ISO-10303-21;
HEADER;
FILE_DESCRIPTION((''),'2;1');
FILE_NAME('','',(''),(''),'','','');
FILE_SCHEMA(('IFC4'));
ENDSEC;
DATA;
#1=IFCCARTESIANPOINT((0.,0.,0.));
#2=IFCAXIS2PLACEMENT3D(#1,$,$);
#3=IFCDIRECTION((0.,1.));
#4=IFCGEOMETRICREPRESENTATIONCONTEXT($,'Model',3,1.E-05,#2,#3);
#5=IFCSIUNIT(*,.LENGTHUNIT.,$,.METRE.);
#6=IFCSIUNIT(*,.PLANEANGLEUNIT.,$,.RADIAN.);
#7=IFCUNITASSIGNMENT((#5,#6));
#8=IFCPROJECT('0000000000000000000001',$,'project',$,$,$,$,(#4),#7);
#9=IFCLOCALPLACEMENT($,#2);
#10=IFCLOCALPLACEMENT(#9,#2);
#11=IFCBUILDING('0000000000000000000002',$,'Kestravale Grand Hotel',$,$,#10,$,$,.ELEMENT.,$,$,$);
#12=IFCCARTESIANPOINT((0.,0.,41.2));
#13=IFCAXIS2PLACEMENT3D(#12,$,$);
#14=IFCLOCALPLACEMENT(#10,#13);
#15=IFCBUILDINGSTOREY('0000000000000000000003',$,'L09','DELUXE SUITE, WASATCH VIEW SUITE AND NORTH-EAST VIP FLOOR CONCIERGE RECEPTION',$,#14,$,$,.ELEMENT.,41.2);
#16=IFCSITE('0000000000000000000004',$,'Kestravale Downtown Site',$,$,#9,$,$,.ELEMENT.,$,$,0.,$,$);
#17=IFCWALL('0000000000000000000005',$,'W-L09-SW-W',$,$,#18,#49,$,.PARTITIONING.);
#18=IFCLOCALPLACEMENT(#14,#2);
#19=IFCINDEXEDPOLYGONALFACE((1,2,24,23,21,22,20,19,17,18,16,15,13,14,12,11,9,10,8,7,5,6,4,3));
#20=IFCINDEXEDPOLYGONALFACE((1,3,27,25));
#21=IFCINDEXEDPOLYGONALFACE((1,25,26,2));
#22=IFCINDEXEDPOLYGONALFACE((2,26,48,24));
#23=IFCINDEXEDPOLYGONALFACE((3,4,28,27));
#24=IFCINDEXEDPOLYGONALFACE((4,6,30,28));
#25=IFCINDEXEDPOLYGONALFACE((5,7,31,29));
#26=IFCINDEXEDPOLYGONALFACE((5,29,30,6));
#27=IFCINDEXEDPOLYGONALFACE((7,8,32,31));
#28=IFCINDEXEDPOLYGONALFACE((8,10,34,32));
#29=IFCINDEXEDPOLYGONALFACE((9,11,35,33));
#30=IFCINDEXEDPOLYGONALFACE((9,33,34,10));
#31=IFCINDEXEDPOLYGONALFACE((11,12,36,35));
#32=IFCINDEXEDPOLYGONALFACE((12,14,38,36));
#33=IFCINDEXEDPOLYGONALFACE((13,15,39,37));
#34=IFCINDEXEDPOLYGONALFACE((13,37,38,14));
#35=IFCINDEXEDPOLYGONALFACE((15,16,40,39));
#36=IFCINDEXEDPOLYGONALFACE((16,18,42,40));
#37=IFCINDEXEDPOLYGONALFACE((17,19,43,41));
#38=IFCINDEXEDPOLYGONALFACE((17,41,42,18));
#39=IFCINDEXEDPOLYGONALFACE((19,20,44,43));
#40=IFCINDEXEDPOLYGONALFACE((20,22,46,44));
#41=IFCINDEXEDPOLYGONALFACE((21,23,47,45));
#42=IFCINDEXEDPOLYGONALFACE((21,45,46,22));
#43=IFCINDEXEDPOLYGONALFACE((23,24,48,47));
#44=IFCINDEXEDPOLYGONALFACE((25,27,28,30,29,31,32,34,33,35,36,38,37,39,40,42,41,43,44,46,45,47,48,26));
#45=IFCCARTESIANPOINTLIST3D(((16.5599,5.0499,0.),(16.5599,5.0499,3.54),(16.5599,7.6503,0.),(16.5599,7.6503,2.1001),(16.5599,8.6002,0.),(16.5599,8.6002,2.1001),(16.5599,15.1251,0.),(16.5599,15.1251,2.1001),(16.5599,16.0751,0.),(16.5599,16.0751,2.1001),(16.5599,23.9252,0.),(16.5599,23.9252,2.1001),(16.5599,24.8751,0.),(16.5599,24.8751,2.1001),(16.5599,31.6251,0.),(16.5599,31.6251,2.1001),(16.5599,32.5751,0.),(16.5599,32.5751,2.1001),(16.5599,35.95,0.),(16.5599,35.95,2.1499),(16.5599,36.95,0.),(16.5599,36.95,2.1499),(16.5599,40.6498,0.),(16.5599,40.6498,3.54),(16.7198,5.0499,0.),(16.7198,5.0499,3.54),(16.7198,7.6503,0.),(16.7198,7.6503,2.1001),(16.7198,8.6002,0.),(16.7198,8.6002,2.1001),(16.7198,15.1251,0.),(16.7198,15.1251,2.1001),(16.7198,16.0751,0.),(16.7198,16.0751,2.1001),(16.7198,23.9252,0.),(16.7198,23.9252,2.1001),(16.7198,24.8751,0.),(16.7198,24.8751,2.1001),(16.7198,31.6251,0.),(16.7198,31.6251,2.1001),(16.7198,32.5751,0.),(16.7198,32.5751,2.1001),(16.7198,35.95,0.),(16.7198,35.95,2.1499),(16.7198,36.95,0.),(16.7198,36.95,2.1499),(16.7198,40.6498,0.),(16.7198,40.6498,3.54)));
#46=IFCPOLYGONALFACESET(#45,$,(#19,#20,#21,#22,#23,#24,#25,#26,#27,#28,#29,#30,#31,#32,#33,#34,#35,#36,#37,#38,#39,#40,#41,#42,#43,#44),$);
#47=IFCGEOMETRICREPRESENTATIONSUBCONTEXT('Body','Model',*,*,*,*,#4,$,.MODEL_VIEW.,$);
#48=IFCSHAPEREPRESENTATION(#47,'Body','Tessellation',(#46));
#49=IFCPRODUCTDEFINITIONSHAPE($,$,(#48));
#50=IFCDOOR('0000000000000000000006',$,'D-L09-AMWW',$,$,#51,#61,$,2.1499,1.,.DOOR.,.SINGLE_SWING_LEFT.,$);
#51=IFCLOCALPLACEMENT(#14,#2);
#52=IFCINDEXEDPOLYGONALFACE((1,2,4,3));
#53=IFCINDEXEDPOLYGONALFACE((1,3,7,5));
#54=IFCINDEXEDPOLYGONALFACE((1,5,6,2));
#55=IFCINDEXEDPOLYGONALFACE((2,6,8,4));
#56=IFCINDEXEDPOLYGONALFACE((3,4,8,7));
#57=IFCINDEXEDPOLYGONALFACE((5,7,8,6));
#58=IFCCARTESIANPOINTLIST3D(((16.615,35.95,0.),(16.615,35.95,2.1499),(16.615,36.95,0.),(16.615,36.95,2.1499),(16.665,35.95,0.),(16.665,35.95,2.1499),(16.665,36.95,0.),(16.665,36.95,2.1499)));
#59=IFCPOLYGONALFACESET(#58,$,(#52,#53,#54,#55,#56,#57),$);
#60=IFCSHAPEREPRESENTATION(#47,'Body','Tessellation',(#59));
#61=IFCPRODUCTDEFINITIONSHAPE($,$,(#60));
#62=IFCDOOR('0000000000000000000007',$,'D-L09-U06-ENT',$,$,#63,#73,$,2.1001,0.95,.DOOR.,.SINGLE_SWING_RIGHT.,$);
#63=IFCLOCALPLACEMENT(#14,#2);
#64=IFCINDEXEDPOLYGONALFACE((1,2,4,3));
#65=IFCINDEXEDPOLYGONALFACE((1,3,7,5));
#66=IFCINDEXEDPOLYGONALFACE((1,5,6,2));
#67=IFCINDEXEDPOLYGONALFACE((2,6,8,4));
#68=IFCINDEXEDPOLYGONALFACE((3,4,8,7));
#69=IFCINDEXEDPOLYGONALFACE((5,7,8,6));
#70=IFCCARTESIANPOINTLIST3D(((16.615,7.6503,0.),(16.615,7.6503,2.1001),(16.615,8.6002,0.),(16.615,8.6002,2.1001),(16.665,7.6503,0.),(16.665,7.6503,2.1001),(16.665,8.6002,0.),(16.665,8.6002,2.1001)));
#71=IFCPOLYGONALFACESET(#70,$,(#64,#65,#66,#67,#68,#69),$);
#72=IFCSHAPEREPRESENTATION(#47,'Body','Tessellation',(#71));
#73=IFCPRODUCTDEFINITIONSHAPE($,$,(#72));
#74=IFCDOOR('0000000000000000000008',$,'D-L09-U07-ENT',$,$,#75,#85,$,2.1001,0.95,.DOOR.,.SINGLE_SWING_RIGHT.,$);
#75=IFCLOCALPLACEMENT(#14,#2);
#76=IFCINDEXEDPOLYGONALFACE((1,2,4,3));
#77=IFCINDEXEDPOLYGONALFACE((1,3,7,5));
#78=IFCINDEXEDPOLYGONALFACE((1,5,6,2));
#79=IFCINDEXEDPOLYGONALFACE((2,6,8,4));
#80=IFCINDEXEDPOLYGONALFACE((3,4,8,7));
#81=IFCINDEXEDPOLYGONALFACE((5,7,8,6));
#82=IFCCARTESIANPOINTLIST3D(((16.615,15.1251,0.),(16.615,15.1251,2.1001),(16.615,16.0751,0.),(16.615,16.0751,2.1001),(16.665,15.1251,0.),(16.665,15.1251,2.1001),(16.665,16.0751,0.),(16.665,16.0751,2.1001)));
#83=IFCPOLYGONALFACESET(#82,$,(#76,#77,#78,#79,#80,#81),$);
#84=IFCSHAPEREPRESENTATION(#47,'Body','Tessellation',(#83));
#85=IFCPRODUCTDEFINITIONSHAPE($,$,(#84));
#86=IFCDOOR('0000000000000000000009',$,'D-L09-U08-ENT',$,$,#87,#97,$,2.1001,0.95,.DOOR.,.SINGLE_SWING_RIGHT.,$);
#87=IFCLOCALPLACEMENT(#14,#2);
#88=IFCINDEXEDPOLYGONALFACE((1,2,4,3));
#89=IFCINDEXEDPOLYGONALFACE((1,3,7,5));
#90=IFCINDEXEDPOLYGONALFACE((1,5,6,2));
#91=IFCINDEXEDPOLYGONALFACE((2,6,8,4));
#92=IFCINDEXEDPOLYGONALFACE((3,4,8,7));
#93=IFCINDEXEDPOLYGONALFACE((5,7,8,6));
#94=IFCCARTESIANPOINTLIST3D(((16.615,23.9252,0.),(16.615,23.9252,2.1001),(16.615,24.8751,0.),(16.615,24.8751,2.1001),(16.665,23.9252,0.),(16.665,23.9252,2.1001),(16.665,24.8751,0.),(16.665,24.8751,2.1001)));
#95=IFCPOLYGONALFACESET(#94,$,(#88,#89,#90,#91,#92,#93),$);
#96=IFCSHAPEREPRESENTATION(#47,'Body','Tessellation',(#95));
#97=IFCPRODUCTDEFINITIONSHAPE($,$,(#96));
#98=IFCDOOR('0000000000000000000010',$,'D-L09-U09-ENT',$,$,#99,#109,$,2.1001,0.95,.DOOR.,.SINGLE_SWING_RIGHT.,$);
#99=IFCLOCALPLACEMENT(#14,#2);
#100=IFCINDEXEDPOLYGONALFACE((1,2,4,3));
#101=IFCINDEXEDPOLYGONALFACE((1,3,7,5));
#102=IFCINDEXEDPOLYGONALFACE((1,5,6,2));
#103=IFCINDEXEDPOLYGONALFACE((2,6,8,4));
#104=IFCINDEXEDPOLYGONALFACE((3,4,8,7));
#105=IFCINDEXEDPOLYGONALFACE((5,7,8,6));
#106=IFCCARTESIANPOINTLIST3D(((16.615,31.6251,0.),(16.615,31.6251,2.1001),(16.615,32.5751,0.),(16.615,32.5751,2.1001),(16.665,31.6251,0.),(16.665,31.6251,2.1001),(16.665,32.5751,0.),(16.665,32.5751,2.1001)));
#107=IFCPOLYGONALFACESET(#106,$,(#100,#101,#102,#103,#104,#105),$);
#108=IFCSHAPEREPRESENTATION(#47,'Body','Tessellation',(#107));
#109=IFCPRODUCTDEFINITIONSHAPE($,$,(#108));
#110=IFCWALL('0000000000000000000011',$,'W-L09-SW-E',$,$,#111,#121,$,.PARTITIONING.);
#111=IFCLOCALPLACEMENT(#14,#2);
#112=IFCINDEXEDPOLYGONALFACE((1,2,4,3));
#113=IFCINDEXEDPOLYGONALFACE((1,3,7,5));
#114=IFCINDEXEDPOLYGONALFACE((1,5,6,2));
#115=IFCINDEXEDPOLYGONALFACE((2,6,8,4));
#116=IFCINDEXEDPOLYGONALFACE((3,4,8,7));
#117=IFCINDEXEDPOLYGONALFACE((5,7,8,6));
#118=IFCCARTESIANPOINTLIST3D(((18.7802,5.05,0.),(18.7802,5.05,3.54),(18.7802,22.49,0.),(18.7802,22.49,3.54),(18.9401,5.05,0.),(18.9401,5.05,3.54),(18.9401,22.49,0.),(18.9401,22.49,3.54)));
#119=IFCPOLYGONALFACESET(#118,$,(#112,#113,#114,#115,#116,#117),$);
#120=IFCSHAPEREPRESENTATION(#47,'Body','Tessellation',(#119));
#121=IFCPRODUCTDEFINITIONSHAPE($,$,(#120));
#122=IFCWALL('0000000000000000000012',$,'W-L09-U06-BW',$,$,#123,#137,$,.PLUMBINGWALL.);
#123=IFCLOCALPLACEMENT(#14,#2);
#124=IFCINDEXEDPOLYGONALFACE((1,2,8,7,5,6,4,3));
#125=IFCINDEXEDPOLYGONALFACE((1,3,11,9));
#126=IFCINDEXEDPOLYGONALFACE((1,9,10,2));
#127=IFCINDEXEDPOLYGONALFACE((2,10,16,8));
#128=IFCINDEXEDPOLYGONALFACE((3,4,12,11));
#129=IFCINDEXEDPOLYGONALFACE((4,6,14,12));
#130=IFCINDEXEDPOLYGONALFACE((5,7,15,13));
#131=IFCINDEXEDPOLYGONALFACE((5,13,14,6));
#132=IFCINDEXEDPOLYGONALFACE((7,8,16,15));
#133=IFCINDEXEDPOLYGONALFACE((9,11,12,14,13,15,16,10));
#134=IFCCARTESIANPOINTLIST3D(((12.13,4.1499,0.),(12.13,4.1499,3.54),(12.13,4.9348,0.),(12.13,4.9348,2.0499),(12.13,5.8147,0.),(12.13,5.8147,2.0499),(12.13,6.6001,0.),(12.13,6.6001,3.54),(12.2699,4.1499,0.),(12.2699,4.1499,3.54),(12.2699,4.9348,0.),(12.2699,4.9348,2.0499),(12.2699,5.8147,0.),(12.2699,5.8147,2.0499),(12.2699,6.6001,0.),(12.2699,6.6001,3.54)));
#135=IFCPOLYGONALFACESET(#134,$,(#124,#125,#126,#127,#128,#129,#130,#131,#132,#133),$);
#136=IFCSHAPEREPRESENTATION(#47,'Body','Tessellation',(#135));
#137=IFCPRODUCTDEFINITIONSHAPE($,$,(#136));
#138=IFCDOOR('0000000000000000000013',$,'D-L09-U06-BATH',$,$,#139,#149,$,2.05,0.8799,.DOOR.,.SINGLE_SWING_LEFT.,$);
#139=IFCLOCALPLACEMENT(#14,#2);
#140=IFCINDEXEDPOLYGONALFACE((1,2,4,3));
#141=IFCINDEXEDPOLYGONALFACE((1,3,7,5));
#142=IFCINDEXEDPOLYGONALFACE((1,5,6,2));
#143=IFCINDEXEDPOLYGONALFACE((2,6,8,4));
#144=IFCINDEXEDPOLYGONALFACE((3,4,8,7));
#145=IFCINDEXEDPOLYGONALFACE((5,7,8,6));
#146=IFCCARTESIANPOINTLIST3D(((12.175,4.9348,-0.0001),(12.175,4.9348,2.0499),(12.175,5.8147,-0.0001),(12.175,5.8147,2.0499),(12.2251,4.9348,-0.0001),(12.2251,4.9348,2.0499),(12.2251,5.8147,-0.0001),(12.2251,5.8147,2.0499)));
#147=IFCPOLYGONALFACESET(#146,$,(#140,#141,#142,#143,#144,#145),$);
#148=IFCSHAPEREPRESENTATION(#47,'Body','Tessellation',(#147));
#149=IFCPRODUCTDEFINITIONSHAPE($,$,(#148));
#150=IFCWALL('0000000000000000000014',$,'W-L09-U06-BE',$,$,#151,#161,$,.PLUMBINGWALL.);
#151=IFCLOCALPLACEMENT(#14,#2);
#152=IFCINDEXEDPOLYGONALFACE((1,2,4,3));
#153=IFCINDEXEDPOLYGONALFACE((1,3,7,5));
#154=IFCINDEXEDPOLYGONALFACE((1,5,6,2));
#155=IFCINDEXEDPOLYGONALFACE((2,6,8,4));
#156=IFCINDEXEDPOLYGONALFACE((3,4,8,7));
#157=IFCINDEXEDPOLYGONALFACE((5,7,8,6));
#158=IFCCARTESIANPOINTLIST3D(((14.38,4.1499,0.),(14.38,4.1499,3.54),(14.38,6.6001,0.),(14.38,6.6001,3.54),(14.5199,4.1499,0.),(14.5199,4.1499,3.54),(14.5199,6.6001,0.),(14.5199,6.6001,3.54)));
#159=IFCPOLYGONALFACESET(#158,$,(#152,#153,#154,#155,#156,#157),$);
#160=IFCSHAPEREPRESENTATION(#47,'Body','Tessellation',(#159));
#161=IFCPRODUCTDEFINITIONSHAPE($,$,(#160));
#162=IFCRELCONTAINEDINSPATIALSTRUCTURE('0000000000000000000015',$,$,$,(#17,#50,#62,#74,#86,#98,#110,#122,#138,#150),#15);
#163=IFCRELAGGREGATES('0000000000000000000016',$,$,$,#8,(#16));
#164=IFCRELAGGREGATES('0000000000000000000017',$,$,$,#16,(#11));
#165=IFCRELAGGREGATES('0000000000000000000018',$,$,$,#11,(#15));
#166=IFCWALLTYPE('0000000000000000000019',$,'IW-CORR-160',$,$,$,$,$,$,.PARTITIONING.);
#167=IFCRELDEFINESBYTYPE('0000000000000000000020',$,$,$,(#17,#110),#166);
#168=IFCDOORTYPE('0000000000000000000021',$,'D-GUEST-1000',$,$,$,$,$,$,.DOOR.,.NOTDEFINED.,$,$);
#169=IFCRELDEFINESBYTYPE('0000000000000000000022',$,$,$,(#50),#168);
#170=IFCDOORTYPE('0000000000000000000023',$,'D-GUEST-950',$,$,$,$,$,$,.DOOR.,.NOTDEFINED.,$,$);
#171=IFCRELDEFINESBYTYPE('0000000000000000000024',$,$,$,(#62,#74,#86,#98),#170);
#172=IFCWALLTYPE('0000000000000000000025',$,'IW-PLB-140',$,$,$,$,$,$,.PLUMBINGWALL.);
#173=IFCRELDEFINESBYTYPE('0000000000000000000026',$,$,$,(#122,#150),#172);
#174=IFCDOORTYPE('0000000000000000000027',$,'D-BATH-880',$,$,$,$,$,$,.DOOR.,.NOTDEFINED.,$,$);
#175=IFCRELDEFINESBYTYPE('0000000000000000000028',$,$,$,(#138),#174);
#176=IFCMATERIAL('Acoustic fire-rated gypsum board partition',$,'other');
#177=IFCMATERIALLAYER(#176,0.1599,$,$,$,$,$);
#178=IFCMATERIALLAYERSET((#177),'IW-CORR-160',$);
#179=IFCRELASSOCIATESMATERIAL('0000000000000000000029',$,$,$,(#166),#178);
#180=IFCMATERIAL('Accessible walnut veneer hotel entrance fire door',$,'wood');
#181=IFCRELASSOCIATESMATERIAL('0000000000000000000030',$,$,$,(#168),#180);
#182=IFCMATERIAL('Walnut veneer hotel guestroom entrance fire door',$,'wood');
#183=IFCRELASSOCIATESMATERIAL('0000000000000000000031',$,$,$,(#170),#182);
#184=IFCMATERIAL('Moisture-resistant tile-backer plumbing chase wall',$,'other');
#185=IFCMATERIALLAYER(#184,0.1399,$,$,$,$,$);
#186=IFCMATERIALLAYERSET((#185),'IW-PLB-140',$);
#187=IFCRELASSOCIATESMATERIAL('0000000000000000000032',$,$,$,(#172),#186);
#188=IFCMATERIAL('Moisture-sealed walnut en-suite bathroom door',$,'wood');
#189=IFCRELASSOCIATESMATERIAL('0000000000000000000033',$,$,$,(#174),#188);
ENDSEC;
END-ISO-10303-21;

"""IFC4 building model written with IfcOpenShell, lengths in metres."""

from ifc_helpers import new_model, si_unit, direction, frame, frame_2d, origin, place, context, subcontext, project, spatial, rectangle, extrude, material, layer, layer_set, type_object, element, fill, save


model = new_model("IFC4")

# Units and contexts
model_context = context("Model", 3, precision=1e-05, world=origin(), true_north=direction((0.0, 1.0)))
body_context = subcontext(model_context, "Body", "Model", "MODEL_VIEW")
ifc_project = project(units=[si_unit("LENGTHUNIT", "METRE"), si_unit("PLANEANGLEUNIT", "RADIAN")], contexts=[model_context])

# Site, building, storey
site_placement = place(None, origin())
site = spatial("IfcSite", under=ifc_project, at=site_placement, Name="Kestravale Downtown Site", CompositionType="ELEMENT", RefElevation=0.0)
building_placement = place(site_placement, origin())
building = spatial("IfcBuilding", under=site, at=building_placement, Name="Kestravale Grand Hotel", CompositionType="ELEMENT")
storey_placement = place(building_placement, frame((0.0, 0.0, 41.2)))
storey = spatial("IfcBuildingStorey", under=building, at=storey_placement, Name="L09", Description="DELUXE SUITE, WASATCH VIEW SUITE AND NORTH-EAST VIP FLOOR CONCIERGE RECEPTION", CompositionType="ELEMENT", Elevation=41.2)

# Wall, openings, doors
ifc_material_1 = material(Name="Acoustic fire-rated gypsum board partition", Category="other")
ifc_layer_1 = layer(ifc_material_1, 0.1599)
ifc_layer_set_1 = layer_set([ifc_layer_1], Name="IW-CORR-160")
wall_type_1 = type_object("IfcWallType", Name="IW-CORR-160", PredefinedType="PARTITIONING", material=ifc_layer_set_1)
wall_1_placement = place(storey_placement, frame((16.6399, 5.05, 0.0), z_axis=(0.0, 0.0, 1.0), x_axis=(0.0, 1.0, 0.0)))
wall_1 = element("IfcWall", 1, at=wall_1_placement, inside=storey, type_object=wall_type_1, Name="W-L09-SW-W", PredefinedType="PARTITIONING", context=body_context, shape_type="SweptSolid", body=[
    extrude(rectangle(XDim=35.5999, YDim=0.1599, at=frame_2d((17.7998, 0.0))), origin(), (0.0, 0.0, 1.0), 3.54),
])
opening_1_placement = place(wall_1_placement, frame((2.6001, 0.0, 0.0)))
opening_1 = element("IfcOpeningElement", 2, at=opening_1_placement, cuts=wall_1, PredefinedType="OPENING", context=body_context, shape_type="SweptSolid", body=[
    extrude(rectangle(XDim=0.95, YDim=2.1001, at=frame_2d((0.4751, 1.05))), frame((0.0, 0.0898, 0.0), z_axis=(0.0, -1.0, 0.0), x_axis=(1.0, 0.0, 0.0)), (0.0, 0.0, 1.0), 0.1799),
])
opening_2_placement = place(wall_1_placement, frame((10.075, 0.0, 0.0)))
opening_2 = element("IfcOpeningElement", 3, at=opening_2_placement, cuts=wall_1, PredefinedType="OPENING", context=body_context, shape_type="SweptSolid", body=[
    extrude(rectangle(XDim=0.95, YDim=2.1001, at=frame_2d((0.4751, 1.05))), frame((0.0, 0.0898, 0.0), z_axis=(0.0, -1.0, 0.0), x_axis=(1.0, 0.0, 0.0)), (0.0, 0.0, 1.0), 0.1799),
])
opening_3_placement = place(wall_1_placement, frame((18.875, 0.0, 0.0)))
opening_3 = element("IfcOpeningElement", 4, at=opening_3_placement, cuts=wall_1, PredefinedType="OPENING", context=body_context, shape_type="SweptSolid", body=[
    extrude(rectangle(XDim=0.95, YDim=2.1001, at=frame_2d((0.4751, 1.05))), frame((0.0, 0.0898, 0.0), z_axis=(0.0, -1.0, 0.0), x_axis=(1.0, 0.0, 0.0)), (0.0, 0.0, 1.0), 0.1799),
])
opening_4_placement = place(wall_1_placement, frame((26.575, 0.0, 0.0)))
opening_4 = element("IfcOpeningElement", 5, at=opening_4_placement, cuts=wall_1, PredefinedType="OPENING", context=body_context, shape_type="SweptSolid", body=[
    extrude(rectangle(XDim=0.95, YDim=2.1001, at=frame_2d((0.4751, 1.05))), frame((0.0, 0.0898, 0.0), z_axis=(0.0, -1.0, 0.0), x_axis=(1.0, 0.0, 0.0)), (0.0, 0.0, 1.0), 0.1799),
])
opening_5_placement = place(wall_1_placement, frame((30.8999, 0.0, 0.0)))
opening_5 = element("IfcOpeningElement", 6, at=opening_5_placement, cuts=wall_1, PredefinedType="OPENING", context=body_context, shape_type="SweptSolid", body=[
    extrude(rectangle(XDim=1.0, YDim=2.1499, at=frame_2d((0.5, 1.075))), frame((0.0, 0.0898, 0.0), z_axis=(0.0, -1.0, 0.0), x_axis=(1.0, 0.0, 0.0)), (0.0, 0.0, 1.0), 0.1799),
])
ifc_material_2 = material(Name="Accessible walnut veneer hotel entrance fire door", Category="wood")
door_type_1 = type_object("IfcDoorType", Name="D-GUEST-1000", OperationType="NOTDEFINED", PredefinedType="DOOR", material=ifc_material_2)
door_1_placement = place(opening_5_placement, origin())
door_1 = element("IfcDoor", 7, at=door_1_placement, inside=storey, type_object=door_type_1, Name="D-L09-AMWW", OperationType="SINGLE_SWING_LEFT", OverallHeight=2.1499, OverallWidth=1.0, PredefinedType="DOOR", context=body_context, shape_type="SweptSolid", body=[
    extrude(rectangle(XDim=1.0, YDim=2.1499, at=frame_2d((0.5, 1.075))), frame((0.0, 0.0249, 0.0), z_axis=(0.0, -1.0, 0.0), x_axis=(1.0, 0.0, 0.0)), (0.0, 0.0, 1.0), 0.05),
])
fill(opening_5, door_1)
ifc_material_3 = material(Name="Walnut veneer hotel guestroom entrance fire door", Category="wood")
door_type_2 = type_object("IfcDoorType", Name="D-GUEST-950", OperationType="NOTDEFINED", PredefinedType="DOOR", material=ifc_material_3)
door_2_placement = place(opening_1_placement, origin())
door_2 = element("IfcDoor", 8, at=door_2_placement, inside=storey, type_object=door_type_2, Name="D-L09-U06-ENT", OperationType="SINGLE_SWING_RIGHT", OverallHeight=2.1001, OverallWidth=0.95, PredefinedType="DOOR", context=body_context, shape_type="SweptSolid", body=[
    extrude(rectangle(XDim=0.95, YDim=2.1001, at=frame_2d((0.4751, 1.05))), frame((0.0, 0.0249, 0.0), z_axis=(0.0, -1.0, 0.0), x_axis=(1.0, 0.0, 0.0)), (0.0, 0.0, 1.0), 0.05),
])
fill(opening_1, door_2)
door_3_placement = place(opening_2_placement, origin())
door_3 = element("IfcDoor", 9, at=door_3_placement, inside=storey, type_object=door_type_2, Name="D-L09-U07-ENT", OperationType="SINGLE_SWING_RIGHT", OverallHeight=2.1001, OverallWidth=0.95, PredefinedType="DOOR", context=body_context, shape_type="SweptSolid", body=[
    extrude(rectangle(XDim=0.95, YDim=2.1001, at=frame_2d((0.4751, 1.05))), frame((0.0, 0.0249, 0.0), z_axis=(0.0, -1.0, 0.0), x_axis=(1.0, 0.0, 0.0)), (0.0, 0.0, 1.0), 0.05),
])
fill(opening_2, door_3)
door_4_placement = place(opening_3_placement, origin())
door_4 = element("IfcDoor", 10, at=door_4_placement, inside=storey, type_object=door_type_2, Name="D-L09-U08-ENT", OperationType="SINGLE_SWING_RIGHT", OverallHeight=2.1001, OverallWidth=0.95, PredefinedType="DOOR", context=body_context, shape_type="SweptSolid", body=[
    extrude(rectangle(XDim=0.95, YDim=2.1001, at=frame_2d((0.4751, 1.05))), frame((0.0, 0.0249, 0.0), z_axis=(0.0, -1.0, 0.0), x_axis=(1.0, 0.0, 0.0)), (0.0, 0.0, 1.0), 0.05),
])
fill(opening_3, door_4)
door_5_placement = place(opening_4_placement, origin())
door_5 = element("IfcDoor", 11, at=door_5_placement, inside=storey, type_object=door_type_2, Name="D-L09-U09-ENT", OperationType="SINGLE_SWING_RIGHT", OverallHeight=2.1001, OverallWidth=0.95, PredefinedType="DOOR", context=body_context, shape_type="SweptSolid", body=[
    extrude(rectangle(XDim=0.95, YDim=2.1001, at=frame_2d((0.4751, 1.05))), frame((0.0, 0.0249, 0.0), z_axis=(0.0, -1.0, 0.0), x_axis=(1.0, 0.0, 0.0)), (0.0, 0.0, 1.0), 0.05),
])
fill(opening_4, door_5)

# Wall
wall_2_placement = place(storey_placement, frame((18.8601, 5.05, 0.0), z_axis=(0.0, 0.0, 1.0), x_axis=(0.0, 1.0, 0.0)))
element("IfcWall", 12, at=wall_2_placement, inside=storey, type_object=wall_type_1, Name="W-L09-SW-E", PredefinedType="PARTITIONING", context=body_context, shape_type="SweptSolid", body=[
    extrude(rectangle(XDim=17.4399, YDim=0.1599, at=frame_2d((8.72, 0.0))), origin(), (0.0, 0.0, 1.0), 3.54),
])

# Wall, opening, door
ifc_material_4 = material(Name="Moisture-resistant tile-backer plumbing chase wall", Category="other")
ifc_layer_2 = layer(ifc_material_4, 0.1399)
ifc_layer_set_2 = layer_set([ifc_layer_2], Name="IW-PLB-140")
wall_type_2 = type_object("IfcWallType", Name="IW-PLB-140", PredefinedType="PLUMBINGWALL", material=ifc_layer_set_2)
wall_3_placement = place(storey_placement, frame((12.2, 4.1499, 0.0), z_axis=(0.0, 0.0, 1.0), x_axis=(0.0, 1.0, 0.0)))
wall_3 = element("IfcWall", 13, at=wall_3_placement, inside=storey, type_object=wall_type_2, Name="W-L09-U06-BW", PredefinedType="PLUMBINGWALL", context=body_context, shape_type="SweptSolid", body=[
    extrude(rectangle(XDim=2.4502, YDim=0.1399, at=frame_2d((1.2251, 0.0))), origin(), (0.0, 0.0, 1.0), 3.54),
])
opening_6_placement = place(wall_3_placement, frame((0.7849, 0.0, 0.0)))
opening_6 = element("IfcOpeningElement", 14, at=opening_6_placement, cuts=wall_3, PredefinedType="OPENING", context=body_context, shape_type="SweptSolid", body=[
    extrude(rectangle(XDim=0.8799, YDim=2.05, at=frame_2d((0.4399, 1.0249))), frame((0.0, 0.0798, 0.0), z_axis=(0.0, -1.0, 0.0), x_axis=(1.0, 0.0, 0.0)), (0.0, 0.0, 1.0), 0.1599),
])
ifc_material_5 = material(Name="Moisture-sealed walnut en-suite bathroom door", Category="wood")
door_type_3 = type_object("IfcDoorType", Name="D-BATH-880", OperationType="NOTDEFINED", PredefinedType="DOOR", material=ifc_material_5)
door_6_placement = place(opening_6_placement, origin())
door_6 = element("IfcDoor", 15, at=door_6_placement, inside=storey, type_object=door_type_3, Name="D-L09-U06-BATH", OperationType="SINGLE_SWING_LEFT", OverallHeight=2.05, OverallWidth=0.8799, PredefinedType="DOOR", context=body_context, shape_type="SweptSolid", body=[
    extrude(rectangle(XDim=0.8799, YDim=2.05, at=frame_2d((0.4399, 1.0249))), frame((0.0, 0.0249, 0.0), z_axis=(0.0, -1.0, 0.0), x_axis=(1.0, 0.0, 0.0)), (0.0, 0.0, 1.0), 0.05),
])
fill(opening_6, door_6)

# Wall
wall_4_placement = place(storey_placement, frame((14.45, 4.1499, 0.0), z_axis=(0.0, 0.0, 1.0), x_axis=(0.0, 1.0, 0.0)))
element("IfcWall", 16, at=wall_4_placement, inside=storey, type_object=wall_type_2, Name="W-L09-U06-BE", PredefinedType="PLUMBINGWALL", context=body_context, shape_type="SweptSolid", body=[
    extrude(rectangle(XDim=2.4502, YDim=0.1399, at=frame_2d((1.2251, 0.0))), origin(), (0.0, 0.0, 1.0), 3.54),
])

save(model, "model.ifc")
